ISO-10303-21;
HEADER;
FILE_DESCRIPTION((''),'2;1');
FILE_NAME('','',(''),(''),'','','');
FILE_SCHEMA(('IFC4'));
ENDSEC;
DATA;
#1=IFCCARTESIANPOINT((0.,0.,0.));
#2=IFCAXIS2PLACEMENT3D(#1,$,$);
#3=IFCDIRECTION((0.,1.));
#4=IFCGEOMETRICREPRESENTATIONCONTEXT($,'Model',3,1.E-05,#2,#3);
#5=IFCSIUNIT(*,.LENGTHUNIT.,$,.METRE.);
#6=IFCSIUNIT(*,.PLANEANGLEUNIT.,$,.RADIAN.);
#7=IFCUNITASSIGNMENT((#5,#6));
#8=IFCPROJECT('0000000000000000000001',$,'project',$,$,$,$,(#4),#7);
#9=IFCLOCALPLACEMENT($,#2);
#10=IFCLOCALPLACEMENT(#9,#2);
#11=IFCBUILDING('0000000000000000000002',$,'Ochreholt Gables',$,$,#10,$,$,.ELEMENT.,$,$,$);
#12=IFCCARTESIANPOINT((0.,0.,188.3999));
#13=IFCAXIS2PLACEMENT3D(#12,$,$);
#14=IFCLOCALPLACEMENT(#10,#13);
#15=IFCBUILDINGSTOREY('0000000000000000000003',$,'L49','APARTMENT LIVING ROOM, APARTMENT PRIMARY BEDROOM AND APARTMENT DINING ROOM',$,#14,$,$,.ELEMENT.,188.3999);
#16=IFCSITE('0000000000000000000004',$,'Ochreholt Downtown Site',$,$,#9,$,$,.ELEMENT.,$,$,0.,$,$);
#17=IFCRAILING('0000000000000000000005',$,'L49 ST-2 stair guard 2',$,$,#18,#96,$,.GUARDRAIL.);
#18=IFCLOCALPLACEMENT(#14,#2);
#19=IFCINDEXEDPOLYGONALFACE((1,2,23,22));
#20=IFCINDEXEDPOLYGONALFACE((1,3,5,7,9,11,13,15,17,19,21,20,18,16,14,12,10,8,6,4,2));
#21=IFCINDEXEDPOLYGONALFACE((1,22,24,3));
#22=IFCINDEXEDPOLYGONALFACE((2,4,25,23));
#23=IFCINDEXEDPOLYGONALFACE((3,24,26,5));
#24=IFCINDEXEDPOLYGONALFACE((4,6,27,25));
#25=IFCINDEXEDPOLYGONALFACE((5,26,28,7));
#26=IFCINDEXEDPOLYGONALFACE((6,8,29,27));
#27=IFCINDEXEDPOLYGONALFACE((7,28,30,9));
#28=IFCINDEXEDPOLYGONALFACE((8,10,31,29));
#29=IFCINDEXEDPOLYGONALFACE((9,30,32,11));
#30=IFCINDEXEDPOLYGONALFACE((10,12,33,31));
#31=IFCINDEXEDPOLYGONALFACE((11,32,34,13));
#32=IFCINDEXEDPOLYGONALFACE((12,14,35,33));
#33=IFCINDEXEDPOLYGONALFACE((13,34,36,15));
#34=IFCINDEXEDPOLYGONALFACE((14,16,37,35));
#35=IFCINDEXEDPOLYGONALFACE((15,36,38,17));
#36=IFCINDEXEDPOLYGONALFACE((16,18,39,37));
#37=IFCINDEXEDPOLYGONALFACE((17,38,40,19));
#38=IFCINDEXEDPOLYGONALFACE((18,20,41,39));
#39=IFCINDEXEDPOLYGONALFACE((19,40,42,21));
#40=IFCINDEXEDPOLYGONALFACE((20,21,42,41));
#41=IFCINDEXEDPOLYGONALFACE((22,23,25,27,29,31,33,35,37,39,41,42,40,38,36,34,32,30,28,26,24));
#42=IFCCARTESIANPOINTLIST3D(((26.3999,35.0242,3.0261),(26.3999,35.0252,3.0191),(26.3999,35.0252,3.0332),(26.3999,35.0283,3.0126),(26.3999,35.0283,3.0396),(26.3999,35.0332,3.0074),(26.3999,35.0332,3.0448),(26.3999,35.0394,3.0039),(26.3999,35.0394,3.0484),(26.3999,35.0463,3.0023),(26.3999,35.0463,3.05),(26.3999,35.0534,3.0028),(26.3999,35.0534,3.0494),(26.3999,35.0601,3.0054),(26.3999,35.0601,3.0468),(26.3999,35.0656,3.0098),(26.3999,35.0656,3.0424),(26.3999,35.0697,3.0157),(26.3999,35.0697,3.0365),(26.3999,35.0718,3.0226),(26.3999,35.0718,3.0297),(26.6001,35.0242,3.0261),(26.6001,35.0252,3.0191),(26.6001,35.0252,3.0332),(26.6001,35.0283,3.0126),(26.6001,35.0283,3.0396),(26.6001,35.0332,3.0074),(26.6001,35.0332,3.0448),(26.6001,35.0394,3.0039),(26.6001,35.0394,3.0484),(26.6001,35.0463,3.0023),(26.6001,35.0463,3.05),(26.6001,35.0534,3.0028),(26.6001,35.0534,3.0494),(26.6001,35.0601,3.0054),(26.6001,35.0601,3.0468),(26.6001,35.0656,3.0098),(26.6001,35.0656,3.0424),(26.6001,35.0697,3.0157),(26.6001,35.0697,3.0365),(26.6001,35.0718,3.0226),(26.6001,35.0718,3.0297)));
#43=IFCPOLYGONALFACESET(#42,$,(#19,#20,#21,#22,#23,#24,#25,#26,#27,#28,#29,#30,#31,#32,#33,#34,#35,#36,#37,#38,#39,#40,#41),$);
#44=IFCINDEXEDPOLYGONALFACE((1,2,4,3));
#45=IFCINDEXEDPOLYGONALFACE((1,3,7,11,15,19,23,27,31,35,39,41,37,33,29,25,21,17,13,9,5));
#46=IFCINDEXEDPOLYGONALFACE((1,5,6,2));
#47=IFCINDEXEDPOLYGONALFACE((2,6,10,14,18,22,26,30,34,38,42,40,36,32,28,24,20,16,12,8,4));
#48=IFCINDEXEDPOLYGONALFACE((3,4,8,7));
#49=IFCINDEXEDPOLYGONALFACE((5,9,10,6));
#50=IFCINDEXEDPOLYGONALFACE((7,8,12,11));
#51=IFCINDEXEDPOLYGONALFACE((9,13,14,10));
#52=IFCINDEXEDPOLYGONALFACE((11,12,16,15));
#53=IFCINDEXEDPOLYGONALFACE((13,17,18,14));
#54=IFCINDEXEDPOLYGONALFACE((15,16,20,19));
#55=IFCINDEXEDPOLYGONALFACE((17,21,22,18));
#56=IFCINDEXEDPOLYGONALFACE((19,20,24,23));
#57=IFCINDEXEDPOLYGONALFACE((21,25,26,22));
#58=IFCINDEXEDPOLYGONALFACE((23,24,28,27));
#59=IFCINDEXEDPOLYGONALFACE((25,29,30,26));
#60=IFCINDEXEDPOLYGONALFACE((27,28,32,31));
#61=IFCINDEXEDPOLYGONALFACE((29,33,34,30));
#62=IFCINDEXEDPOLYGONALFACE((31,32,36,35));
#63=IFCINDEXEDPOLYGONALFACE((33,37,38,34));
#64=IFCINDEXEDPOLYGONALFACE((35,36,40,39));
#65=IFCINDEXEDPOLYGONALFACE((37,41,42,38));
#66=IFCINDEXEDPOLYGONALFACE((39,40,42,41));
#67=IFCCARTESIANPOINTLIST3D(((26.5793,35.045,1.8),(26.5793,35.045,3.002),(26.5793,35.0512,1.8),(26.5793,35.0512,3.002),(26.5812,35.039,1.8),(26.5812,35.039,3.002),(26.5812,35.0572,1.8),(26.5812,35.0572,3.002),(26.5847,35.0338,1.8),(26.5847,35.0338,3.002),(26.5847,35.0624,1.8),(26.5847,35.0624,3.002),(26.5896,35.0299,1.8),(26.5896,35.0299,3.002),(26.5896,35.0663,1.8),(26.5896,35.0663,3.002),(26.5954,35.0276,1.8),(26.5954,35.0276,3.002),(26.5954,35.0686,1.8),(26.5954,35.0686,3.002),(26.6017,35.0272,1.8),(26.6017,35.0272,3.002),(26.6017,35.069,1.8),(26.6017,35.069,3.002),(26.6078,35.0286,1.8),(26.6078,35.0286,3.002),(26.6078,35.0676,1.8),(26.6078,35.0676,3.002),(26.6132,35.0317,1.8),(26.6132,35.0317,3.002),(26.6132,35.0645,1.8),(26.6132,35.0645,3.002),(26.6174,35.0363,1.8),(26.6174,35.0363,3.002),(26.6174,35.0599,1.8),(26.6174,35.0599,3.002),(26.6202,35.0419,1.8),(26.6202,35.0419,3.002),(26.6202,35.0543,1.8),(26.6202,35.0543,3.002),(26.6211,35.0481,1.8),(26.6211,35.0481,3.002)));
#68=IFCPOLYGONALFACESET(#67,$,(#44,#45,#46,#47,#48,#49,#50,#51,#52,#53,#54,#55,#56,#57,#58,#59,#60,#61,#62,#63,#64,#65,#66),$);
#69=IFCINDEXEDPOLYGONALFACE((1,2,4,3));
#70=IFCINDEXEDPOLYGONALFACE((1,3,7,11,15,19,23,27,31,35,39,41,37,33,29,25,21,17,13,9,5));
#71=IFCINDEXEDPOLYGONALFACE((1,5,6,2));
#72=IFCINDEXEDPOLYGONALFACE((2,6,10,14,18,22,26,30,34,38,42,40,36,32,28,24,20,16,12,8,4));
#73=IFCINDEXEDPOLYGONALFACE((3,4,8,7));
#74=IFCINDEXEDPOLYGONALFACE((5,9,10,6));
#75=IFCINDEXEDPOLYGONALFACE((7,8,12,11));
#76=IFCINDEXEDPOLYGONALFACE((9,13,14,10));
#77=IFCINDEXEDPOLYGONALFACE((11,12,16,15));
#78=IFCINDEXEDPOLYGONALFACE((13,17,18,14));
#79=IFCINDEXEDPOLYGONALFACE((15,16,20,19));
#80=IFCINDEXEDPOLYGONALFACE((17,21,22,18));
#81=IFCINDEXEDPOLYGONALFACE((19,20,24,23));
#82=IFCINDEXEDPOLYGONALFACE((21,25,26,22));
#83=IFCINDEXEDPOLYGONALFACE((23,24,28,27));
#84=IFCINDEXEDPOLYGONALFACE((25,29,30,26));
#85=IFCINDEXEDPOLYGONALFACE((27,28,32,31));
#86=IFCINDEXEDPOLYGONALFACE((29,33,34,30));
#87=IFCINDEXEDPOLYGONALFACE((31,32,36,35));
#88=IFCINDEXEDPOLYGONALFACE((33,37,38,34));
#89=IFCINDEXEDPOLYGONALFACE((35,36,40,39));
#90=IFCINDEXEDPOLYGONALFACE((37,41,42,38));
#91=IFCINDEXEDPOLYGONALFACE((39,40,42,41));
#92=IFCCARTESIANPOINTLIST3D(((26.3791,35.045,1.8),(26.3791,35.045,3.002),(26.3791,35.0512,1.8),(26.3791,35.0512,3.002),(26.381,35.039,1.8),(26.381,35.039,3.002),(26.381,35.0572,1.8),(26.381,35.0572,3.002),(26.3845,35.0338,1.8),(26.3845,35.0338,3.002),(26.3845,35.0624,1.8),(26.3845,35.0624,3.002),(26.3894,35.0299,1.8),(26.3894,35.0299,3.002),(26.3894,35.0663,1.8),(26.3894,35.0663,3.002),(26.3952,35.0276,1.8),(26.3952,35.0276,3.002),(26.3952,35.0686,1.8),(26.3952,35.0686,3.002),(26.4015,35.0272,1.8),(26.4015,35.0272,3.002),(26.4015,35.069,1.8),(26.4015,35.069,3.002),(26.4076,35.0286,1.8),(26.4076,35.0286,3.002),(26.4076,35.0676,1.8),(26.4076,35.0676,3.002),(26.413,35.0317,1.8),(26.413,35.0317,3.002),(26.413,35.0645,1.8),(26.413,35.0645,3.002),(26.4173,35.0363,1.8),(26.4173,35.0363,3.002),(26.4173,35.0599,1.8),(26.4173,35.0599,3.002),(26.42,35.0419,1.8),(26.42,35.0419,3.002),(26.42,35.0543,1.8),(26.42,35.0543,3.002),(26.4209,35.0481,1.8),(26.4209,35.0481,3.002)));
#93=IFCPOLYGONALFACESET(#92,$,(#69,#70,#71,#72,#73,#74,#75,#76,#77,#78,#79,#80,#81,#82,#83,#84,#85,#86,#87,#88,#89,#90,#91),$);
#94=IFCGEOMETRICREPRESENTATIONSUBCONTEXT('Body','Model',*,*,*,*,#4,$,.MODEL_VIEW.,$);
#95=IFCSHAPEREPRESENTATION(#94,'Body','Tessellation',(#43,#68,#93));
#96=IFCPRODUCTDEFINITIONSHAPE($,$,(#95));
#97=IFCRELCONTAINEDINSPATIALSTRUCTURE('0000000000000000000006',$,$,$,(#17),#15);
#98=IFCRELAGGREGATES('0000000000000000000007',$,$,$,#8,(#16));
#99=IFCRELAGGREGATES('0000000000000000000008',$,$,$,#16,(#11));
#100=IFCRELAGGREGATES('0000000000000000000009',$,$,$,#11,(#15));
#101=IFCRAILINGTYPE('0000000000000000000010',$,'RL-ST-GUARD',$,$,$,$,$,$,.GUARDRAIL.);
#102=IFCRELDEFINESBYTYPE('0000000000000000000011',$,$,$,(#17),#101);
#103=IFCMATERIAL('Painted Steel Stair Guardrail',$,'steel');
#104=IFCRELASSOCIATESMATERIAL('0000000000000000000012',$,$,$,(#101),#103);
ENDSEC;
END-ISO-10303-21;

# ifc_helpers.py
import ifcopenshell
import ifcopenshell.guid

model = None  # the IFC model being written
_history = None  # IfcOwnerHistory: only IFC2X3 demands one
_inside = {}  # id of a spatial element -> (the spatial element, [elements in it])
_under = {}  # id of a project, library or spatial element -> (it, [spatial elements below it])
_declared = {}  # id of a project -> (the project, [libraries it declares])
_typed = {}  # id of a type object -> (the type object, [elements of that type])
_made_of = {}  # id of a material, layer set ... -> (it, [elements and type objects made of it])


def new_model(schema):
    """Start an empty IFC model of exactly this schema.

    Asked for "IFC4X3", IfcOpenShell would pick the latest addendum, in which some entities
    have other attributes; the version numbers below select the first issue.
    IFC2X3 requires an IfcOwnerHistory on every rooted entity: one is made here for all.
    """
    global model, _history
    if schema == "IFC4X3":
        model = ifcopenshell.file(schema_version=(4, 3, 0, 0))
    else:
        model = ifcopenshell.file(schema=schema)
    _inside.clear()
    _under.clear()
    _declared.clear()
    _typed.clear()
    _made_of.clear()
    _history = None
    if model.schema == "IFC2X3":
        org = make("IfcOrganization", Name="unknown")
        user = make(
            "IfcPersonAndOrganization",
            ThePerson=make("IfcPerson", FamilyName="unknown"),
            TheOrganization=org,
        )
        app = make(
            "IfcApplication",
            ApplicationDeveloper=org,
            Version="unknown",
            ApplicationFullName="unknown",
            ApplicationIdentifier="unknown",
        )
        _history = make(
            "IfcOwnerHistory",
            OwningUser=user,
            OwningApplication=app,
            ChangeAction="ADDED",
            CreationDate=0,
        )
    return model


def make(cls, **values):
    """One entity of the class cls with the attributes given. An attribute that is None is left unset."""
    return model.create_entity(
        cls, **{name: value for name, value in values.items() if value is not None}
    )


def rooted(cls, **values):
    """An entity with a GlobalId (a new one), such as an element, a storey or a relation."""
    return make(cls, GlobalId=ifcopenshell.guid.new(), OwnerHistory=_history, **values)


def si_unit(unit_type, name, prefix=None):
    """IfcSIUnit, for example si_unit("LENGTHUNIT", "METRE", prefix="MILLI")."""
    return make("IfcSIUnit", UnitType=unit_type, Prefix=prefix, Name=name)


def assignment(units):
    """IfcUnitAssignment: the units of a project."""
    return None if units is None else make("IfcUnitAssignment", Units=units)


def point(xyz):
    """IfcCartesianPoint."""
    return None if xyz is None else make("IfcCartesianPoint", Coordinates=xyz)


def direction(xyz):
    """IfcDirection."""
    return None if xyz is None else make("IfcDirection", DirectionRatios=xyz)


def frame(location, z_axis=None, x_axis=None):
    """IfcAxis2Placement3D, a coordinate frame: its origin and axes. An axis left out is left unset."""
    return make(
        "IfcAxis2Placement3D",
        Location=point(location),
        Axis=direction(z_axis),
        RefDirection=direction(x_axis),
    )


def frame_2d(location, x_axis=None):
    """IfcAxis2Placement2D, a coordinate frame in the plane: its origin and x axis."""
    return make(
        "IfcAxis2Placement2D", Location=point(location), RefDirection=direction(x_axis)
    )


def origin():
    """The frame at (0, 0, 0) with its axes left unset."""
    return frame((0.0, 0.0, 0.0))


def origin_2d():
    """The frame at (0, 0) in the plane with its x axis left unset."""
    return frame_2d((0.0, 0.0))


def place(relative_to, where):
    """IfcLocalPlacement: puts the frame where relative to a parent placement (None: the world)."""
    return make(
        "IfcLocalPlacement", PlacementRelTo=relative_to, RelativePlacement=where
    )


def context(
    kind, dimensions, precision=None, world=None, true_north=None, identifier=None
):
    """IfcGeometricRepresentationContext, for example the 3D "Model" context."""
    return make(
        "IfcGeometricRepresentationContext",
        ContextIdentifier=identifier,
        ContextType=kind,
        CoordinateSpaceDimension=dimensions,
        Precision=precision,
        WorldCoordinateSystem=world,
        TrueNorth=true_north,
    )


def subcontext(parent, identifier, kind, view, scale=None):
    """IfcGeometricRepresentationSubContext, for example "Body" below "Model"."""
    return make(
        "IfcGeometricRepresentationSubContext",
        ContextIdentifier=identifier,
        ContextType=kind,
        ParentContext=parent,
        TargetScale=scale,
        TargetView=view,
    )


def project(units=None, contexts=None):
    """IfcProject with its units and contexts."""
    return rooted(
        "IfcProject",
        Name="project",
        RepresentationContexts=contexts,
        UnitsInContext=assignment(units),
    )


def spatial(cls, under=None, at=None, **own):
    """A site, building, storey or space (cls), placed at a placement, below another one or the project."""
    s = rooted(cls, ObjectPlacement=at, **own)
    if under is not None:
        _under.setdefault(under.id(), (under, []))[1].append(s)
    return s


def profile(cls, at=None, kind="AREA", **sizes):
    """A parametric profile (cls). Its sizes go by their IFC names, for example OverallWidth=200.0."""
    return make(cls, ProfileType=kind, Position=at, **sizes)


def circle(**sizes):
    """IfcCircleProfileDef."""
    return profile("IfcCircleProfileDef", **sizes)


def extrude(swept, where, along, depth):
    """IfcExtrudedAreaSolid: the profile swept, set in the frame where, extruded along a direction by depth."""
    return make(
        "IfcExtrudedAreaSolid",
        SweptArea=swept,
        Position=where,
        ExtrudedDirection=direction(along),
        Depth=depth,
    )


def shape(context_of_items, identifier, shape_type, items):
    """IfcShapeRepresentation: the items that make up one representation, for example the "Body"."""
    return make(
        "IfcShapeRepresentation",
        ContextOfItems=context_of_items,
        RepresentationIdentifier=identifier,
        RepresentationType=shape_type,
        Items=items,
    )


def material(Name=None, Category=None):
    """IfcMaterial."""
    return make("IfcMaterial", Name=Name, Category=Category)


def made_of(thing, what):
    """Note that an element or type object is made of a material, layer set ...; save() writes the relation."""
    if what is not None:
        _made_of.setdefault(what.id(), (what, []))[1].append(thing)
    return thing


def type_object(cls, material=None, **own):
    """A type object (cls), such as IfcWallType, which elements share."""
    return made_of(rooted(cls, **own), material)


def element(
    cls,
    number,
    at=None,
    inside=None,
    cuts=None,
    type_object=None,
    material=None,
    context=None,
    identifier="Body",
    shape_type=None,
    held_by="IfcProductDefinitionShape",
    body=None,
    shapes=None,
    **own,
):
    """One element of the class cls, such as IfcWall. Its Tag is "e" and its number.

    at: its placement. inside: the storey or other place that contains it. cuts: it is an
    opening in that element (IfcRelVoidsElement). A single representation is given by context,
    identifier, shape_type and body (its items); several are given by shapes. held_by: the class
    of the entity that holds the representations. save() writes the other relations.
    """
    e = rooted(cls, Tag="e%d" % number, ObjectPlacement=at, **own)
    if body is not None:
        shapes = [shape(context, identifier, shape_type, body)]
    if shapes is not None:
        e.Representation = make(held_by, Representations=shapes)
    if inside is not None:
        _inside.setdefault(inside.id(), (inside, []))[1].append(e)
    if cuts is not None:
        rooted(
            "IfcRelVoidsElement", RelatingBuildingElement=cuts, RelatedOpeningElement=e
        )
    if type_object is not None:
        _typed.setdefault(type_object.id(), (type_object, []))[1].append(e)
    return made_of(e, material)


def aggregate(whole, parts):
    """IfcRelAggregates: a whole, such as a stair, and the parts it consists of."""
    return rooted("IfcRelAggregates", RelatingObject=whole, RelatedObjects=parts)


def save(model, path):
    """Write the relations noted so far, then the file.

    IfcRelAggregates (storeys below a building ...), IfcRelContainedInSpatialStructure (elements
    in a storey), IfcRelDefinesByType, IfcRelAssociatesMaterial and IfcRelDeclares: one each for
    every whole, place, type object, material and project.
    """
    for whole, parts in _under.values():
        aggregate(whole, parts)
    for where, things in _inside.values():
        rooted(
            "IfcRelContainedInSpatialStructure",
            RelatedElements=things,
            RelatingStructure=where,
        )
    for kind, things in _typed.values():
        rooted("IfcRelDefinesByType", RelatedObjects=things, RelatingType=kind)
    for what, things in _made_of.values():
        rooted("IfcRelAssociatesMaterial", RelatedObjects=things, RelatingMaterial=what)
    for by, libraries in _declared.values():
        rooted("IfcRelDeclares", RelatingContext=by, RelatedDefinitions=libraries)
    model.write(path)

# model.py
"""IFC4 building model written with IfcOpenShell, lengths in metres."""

from ifc_helpers import new_model, si_unit, direction, frame, origin, origin_2d, place, context, subcontext, project, spatial, circle, extrude, material, type_object, element, save


model = new_model("IFC4")

# Units and contexts
model_context = context("Model", 3, precision=1e-05, world=origin(), true_north=direction((0.0, 1.0)))
body_context = subcontext(model_context, "Body", "Model", "MODEL_VIEW")
ifc_project = project(units=[si_unit("LENGTHUNIT", "METRE"), si_unit("PLANEANGLEUNIT", "RADIAN")], contexts=[model_context])

# Site, building, storey
site_placement = place(None, origin())
site = spatial("IfcSite", under=ifc_project, at=site_placement, Name="Ochreholt Downtown Site", CompositionType="ELEMENT", RefElevation=0.0)
building_placement = place(site_placement, origin())
building = spatial("IfcBuilding", under=site, at=building_placement, Name="Ochreholt Gables", CompositionType="ELEMENT")
storey_placement = place(building_placement, frame((0.0, 0.0, 188.3999)))
storey = spatial("IfcBuildingStorey", under=building, at=storey_placement, Name="L49", Description="APARTMENT LIVING ROOM, APARTMENT PRIMARY BEDROOM AND APARTMENT DINING ROOM", CompositionType="ELEMENT", Elevation=188.3999)

# Railing
ifc_material_1 = material(Name="Painted Steel Stair Guardrail", Category="steel")
railing_type_1 = type_object("IfcRailingType", Name="RL-ST-GUARD", PredefinedType="GUARDRAIL", material=ifc_material_1)
railing_1_placement = place(storey_placement, frame((26.6001, 35.0481, 1.8)))
element("IfcRailing", 1, at=railing_1_placement, inside=storey, type_object=railing_type_1, Name="L49 ST-2 stair guard 2", PredefinedType="GUARDRAIL", context=body_context, shape_type="SweptSolid", body=[
    extrude(circle(Radius=0.0239, at=origin_2d()), frame((0.0, 0.0, 1.2261), z_axis=(-1.0, 0.0, 0.0), x_axis=(0.0, -1.0, 0.0)), (0.0, 0.0, 1.0), 0.2002),
    extrude(circle(Radius=0.021, at=origin_2d()), origin(), (0.0, 0.0, 1.0), 1.2019),
    extrude(circle(Radius=0.021, at=origin_2d()), frame((-0.2002, 0.0, 0.0)), (0.0, 0.0, 1.0), 1.2019),
])

save(model, "model.ifc")
